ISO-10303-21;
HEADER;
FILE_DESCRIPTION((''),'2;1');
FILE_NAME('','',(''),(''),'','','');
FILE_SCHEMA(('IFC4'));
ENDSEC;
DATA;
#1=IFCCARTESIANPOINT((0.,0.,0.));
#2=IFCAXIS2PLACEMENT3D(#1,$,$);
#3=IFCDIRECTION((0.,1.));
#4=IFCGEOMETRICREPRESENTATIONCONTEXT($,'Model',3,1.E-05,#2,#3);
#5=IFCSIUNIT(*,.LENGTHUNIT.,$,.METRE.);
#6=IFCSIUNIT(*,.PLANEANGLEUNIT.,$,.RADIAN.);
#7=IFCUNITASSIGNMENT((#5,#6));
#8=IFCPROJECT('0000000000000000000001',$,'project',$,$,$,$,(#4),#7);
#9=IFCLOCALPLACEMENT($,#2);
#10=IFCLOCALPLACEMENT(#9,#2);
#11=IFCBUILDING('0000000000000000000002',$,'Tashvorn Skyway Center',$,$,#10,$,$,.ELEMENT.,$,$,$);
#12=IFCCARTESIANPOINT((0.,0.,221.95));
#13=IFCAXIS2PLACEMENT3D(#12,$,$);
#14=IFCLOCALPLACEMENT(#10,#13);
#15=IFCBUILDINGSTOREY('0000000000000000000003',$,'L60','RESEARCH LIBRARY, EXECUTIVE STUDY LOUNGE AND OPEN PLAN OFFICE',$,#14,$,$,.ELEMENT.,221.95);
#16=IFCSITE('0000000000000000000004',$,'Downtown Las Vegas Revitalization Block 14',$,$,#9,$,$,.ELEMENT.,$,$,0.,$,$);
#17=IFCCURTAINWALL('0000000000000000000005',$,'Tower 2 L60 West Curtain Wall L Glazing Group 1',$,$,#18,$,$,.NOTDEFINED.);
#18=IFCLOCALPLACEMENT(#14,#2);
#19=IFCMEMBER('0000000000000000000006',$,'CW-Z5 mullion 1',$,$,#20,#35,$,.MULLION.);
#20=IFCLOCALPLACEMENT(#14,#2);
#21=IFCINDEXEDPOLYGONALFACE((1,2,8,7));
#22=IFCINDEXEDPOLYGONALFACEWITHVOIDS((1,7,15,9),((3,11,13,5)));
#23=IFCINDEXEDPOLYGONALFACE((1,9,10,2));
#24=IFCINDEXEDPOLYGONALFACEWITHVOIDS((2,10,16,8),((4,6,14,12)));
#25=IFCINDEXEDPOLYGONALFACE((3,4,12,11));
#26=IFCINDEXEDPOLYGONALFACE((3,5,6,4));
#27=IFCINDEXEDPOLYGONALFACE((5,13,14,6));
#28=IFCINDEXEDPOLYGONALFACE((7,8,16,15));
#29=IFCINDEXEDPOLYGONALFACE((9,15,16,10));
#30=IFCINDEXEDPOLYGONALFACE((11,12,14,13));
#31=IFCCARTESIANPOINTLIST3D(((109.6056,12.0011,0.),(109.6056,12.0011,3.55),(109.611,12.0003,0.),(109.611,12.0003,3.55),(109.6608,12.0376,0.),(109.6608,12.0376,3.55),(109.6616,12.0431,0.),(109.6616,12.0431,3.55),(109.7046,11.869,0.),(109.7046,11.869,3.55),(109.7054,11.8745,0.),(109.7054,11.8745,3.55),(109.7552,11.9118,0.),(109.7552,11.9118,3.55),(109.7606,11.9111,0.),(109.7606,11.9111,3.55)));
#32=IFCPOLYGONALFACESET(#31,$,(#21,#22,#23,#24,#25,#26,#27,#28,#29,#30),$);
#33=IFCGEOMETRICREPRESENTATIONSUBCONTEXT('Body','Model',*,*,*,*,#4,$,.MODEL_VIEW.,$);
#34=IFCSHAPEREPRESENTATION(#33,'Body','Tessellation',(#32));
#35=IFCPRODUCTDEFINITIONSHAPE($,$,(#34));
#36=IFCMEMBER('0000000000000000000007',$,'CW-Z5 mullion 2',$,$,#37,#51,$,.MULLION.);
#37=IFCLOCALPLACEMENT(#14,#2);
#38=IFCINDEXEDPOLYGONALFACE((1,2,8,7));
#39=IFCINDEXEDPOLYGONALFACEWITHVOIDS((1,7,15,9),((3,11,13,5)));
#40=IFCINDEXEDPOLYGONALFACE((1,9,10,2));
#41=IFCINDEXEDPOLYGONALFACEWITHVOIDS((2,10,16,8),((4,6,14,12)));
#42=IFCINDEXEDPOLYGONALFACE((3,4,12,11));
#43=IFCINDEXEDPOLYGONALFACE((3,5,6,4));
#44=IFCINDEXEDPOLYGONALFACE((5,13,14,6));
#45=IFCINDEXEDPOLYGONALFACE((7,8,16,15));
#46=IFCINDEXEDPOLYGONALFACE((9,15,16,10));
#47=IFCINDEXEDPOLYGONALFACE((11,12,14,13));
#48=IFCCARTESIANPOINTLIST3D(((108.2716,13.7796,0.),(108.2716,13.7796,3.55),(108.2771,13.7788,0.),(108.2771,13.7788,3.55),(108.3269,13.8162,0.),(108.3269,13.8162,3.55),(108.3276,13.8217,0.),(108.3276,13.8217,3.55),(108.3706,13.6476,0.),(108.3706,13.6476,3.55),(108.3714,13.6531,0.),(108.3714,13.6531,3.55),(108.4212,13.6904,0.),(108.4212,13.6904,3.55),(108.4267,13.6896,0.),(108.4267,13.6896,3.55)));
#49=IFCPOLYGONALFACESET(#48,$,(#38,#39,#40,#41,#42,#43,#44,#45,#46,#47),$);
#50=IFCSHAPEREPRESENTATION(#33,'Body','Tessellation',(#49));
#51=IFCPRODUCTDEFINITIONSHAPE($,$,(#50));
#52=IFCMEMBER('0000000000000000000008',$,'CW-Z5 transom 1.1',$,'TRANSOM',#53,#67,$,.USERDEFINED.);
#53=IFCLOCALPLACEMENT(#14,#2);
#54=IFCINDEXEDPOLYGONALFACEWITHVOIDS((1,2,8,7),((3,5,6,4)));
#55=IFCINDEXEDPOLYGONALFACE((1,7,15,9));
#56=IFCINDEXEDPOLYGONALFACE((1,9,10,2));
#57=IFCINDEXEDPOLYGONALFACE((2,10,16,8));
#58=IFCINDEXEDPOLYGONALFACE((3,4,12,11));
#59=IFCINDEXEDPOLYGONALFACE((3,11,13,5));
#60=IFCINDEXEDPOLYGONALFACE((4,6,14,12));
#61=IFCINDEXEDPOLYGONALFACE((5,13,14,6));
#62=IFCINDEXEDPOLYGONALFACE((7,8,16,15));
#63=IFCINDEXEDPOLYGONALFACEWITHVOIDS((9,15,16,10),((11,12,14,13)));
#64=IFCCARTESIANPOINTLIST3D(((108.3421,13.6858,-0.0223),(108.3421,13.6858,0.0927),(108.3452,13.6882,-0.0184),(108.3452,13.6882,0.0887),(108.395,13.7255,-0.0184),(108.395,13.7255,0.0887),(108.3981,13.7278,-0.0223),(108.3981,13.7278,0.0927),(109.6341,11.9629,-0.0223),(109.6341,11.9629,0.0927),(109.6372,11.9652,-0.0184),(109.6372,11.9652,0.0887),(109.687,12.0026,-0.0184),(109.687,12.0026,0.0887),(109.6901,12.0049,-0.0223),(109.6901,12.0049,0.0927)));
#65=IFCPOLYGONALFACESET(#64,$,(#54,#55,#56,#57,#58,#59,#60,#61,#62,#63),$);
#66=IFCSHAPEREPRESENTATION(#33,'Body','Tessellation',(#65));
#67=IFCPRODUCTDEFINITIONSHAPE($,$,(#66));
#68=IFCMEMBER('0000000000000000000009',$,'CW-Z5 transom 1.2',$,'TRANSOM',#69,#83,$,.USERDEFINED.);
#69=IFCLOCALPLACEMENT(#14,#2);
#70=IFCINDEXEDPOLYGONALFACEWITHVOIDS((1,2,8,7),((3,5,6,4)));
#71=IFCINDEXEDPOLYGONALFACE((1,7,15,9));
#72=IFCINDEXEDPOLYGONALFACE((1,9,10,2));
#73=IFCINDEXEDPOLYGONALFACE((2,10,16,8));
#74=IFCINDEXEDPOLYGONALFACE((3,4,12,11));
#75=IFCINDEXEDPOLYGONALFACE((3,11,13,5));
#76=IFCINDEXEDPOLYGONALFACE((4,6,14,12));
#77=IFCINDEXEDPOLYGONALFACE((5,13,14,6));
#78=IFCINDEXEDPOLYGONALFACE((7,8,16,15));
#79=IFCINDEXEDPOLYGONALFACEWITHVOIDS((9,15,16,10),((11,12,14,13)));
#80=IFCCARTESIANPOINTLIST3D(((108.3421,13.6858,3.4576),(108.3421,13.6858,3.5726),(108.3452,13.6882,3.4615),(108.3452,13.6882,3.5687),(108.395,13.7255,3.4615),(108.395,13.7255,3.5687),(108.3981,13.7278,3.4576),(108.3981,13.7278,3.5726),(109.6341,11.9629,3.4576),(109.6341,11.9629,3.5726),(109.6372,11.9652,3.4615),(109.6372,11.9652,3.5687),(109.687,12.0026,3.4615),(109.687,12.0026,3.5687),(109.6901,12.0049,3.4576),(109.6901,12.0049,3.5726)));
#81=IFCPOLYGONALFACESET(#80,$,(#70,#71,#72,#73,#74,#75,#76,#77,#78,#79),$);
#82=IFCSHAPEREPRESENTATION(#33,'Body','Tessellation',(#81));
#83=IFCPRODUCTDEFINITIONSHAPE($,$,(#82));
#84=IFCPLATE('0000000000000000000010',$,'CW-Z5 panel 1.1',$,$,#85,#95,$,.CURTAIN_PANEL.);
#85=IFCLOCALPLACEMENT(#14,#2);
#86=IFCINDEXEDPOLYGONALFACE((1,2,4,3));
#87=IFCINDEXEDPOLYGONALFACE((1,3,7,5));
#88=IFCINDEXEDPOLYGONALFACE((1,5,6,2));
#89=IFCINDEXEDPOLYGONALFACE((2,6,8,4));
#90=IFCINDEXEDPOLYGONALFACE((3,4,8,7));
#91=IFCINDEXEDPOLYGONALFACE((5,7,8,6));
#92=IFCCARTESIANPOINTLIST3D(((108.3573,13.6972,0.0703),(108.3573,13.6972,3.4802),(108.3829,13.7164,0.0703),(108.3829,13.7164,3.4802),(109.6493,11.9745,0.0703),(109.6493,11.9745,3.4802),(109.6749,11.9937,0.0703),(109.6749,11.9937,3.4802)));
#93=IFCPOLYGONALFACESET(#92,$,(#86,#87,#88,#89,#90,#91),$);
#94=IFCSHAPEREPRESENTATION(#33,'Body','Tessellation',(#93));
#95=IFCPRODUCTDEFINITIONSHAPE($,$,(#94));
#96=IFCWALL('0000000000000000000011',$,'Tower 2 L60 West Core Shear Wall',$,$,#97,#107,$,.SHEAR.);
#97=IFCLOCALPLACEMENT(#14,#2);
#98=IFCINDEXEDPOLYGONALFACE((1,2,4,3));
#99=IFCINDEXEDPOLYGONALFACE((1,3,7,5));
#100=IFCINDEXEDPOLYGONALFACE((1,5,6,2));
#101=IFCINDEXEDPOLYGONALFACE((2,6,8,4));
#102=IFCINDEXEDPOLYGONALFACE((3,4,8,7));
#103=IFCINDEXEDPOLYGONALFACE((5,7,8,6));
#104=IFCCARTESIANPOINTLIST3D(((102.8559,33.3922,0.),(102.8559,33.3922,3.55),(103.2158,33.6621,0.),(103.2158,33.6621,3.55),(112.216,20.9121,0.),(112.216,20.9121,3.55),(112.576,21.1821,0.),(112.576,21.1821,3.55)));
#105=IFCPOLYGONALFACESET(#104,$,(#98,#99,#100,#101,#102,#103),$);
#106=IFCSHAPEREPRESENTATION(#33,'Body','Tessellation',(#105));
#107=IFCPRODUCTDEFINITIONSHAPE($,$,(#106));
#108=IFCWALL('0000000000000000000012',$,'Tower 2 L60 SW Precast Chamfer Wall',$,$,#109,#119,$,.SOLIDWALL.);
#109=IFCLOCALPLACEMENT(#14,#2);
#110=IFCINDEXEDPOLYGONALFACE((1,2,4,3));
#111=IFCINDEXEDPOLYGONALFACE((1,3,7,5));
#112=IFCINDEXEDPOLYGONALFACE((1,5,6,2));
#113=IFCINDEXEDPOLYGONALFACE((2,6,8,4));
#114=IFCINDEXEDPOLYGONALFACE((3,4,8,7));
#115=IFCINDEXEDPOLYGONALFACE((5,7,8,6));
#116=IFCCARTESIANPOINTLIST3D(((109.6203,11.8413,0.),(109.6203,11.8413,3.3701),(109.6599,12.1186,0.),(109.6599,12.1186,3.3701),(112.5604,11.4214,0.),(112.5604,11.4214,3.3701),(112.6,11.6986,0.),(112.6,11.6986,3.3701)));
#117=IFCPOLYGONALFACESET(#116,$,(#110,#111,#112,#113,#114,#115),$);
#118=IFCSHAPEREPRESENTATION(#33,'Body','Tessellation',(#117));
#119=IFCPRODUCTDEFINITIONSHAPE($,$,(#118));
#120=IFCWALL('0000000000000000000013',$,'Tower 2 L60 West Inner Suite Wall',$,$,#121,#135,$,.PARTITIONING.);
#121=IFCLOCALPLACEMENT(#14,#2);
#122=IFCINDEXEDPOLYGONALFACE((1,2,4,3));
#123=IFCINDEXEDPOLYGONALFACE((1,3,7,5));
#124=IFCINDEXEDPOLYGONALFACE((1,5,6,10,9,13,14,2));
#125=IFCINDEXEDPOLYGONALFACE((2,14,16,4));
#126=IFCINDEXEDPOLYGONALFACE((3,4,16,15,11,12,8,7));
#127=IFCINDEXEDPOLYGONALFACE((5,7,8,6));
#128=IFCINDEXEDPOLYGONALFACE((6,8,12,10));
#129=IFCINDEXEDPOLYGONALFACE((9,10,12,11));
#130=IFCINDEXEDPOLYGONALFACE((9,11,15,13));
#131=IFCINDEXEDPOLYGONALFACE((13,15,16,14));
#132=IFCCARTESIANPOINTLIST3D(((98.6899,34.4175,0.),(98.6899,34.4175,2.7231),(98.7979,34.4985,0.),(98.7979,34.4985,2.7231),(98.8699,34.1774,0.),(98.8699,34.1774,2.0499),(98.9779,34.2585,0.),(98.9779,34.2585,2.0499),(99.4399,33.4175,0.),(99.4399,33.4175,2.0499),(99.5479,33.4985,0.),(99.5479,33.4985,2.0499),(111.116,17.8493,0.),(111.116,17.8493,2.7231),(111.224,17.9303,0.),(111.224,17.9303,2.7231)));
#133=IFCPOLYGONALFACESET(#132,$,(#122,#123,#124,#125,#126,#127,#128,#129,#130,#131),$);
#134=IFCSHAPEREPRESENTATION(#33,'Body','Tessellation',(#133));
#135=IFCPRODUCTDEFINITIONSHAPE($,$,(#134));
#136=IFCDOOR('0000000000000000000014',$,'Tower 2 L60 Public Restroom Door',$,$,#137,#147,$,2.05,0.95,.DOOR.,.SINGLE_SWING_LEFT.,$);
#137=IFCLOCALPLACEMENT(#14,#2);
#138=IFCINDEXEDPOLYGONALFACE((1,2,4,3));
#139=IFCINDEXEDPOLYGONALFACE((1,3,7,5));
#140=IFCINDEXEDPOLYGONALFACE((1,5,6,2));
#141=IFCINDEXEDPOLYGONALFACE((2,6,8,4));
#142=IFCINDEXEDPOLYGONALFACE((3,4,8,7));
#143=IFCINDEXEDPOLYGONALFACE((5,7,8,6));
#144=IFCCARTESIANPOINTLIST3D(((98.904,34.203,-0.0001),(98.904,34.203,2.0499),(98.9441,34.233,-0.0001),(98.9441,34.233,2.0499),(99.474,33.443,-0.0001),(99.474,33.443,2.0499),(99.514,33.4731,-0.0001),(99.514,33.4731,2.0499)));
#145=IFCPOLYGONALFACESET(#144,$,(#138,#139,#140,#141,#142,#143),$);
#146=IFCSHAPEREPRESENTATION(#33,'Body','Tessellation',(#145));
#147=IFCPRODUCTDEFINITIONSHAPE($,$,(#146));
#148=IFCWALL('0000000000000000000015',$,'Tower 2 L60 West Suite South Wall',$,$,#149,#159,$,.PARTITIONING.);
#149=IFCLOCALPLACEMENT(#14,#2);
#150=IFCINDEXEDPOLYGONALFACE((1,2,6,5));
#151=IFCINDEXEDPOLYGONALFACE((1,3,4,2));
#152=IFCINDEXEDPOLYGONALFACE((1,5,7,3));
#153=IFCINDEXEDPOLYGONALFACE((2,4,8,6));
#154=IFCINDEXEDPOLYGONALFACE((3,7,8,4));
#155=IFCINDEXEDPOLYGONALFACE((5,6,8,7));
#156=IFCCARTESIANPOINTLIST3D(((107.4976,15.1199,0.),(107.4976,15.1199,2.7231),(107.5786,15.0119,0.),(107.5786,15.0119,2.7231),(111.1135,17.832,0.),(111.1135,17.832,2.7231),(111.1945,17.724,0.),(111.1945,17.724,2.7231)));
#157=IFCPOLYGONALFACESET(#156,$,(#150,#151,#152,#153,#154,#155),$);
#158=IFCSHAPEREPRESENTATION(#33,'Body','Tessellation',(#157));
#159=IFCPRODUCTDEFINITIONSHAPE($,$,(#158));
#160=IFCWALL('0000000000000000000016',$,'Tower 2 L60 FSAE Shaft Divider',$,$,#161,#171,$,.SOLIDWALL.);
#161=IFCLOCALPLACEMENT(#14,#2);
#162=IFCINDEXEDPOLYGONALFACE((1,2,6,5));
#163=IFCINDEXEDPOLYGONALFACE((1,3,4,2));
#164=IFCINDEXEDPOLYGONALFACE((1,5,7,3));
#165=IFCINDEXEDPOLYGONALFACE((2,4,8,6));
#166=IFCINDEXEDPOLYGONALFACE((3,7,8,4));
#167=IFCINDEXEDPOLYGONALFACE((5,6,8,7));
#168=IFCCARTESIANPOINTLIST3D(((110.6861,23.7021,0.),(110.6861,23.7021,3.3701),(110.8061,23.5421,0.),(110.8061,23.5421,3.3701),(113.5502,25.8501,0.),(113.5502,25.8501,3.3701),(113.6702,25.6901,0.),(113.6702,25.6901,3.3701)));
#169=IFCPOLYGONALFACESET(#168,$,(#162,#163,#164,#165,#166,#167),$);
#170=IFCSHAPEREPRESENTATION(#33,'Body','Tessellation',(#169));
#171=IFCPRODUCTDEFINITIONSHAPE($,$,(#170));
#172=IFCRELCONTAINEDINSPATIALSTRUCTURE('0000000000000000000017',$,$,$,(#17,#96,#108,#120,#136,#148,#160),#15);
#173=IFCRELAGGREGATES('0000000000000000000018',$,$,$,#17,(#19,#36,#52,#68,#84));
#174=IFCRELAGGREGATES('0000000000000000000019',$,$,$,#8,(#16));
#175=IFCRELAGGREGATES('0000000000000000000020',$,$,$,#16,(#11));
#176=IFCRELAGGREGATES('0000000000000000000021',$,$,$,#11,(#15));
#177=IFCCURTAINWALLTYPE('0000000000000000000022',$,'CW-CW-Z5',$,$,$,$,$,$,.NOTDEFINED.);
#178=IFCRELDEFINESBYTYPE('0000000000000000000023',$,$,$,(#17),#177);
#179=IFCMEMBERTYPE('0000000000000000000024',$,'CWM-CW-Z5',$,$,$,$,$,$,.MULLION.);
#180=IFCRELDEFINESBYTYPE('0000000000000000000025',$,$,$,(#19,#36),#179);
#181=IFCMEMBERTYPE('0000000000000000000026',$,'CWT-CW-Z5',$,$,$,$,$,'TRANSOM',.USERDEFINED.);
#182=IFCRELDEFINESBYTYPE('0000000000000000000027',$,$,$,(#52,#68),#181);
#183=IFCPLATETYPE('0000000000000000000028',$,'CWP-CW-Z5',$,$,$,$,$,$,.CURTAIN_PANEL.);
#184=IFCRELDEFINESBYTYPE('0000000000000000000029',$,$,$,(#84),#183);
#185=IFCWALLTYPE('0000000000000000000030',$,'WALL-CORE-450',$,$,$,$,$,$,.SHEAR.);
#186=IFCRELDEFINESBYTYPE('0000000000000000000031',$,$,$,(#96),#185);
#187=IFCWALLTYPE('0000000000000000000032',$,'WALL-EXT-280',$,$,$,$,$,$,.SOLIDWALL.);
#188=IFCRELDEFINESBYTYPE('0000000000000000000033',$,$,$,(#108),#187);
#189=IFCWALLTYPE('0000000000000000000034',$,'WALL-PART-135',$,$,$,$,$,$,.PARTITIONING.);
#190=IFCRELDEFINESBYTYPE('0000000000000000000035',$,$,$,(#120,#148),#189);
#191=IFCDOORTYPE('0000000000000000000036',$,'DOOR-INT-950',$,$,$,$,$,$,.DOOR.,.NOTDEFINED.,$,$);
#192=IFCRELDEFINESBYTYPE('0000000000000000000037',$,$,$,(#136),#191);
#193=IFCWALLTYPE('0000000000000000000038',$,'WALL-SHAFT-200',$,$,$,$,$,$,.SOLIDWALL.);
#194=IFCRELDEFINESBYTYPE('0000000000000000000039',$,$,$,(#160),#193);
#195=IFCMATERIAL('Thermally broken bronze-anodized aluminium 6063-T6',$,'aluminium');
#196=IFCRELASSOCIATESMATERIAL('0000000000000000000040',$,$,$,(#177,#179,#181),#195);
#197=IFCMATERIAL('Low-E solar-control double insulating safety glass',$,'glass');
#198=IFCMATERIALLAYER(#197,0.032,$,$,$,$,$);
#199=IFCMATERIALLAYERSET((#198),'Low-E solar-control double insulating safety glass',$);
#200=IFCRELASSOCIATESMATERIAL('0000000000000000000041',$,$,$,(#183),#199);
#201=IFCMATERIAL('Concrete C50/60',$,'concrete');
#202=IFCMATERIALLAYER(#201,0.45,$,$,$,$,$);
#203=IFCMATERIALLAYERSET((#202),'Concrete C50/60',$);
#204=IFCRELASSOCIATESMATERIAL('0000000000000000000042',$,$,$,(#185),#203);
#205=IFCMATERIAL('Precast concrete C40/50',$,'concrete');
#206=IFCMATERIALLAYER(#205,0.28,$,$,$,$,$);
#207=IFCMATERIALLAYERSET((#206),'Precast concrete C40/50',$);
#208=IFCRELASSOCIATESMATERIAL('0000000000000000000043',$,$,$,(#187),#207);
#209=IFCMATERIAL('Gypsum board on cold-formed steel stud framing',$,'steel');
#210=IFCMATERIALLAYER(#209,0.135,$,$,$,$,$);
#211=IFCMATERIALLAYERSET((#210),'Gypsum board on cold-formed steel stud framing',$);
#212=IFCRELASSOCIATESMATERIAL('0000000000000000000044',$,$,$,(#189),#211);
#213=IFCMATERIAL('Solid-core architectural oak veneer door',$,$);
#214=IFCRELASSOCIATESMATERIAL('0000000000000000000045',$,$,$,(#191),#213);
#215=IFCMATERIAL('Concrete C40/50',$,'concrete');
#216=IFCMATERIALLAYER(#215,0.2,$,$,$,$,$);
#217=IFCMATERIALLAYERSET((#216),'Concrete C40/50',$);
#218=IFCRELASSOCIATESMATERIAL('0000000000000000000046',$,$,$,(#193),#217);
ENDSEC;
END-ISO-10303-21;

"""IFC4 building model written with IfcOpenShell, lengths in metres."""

from ifc_helpers import new_model, si_unit, direction, frame, frame_2d, origin, origin_2d, place, context, subcontext, project, spatial, rectangle, hollow_rectangle, extrude, material, layer, layer_set, material_profile, profile_set, type_object, element, fill, aggregate, save


model = new_model("IFC4")

# Units and contexts
model_context = context("Model", 3, precision=1e-05, world=origin(), true_north=direction((0.0, 1.0)))
body_context = subcontext(model_context, "Body", "Model", "MODEL_VIEW")
ifc_project = project(units=[si_unit("LENGTHUNIT", "METRE"), si_unit("PLANEANGLEUNIT", "RADIAN")], contexts=[model_context])

# Site, building, storey
site_placement = place(None, origin())
site = spatial("IfcSite", under=ifc_project, at=site_placement, Name="Downtown Las Vegas Revitalization Block 14", CompositionType="ELEMENT", RefElevation=0.0)
building_placement = place(site_placement, origin())
building = spatial("IfcBuilding", under=site, at=building_placement, Name="Tashvorn Skyway Center", CompositionType="ELEMENT")
storey_placement = place(building_placement, frame((0.0, 0.0, 221.95)))
storey = spatial("IfcBuildingStorey", under=building, at=storey_placement, Name="L60", Description="RESEARCH LIBRARY, EXECUTIVE STUDY LOUNGE AND OPEN PLAN OFFICE", CompositionType="ELEMENT", Elevation=221.95)

# Curtain wall, members, plate
ifc_material_1 = material(Name="Thermally broken bronze-anodized aluminium 6063-T6", Category="aluminium")
curtain_wall_type = type_object("IfcCurtainWallType", Name="CW-CW-Z5", PredefinedType="NOTDEFINED", material=ifc_material_1)
curtain_wall_placement = place(storey_placement, origin())
curtain_wall = element("IfcCurtainWall", 1, at=curtain_wall_placement, inside=storey, type_object=curtain_wall_type, Name="Tower 2 L60 West Curtain Wall L Glazing Group 1", PredefinedType="NOTDEFINED")
ifc_material_profile_1 = material_profile(ifc_material_1, hollow_rectangle(XDim=0.0701, YDim=0.165, WallThickness=0.0039, at=origin_2d()), Name="ALU-MULL-70x165")
ifc_profile_set_1 = profile_set([ifc_material_profile_1], Name="Thermally broken bronze-anodized aluminium 6063-T6")
member_type_1 = type_object("IfcMemberType", Name="CWM-CW-Z5", PredefinedType="MULLION", material=ifc_profile_set_1)
member_1_placement = place(storey_placement, frame((109.6831, 11.9561, 0.0), z_axis=(0.0, 0.0, 1.0), x_axis=(-0.800005, -0.599993, 0.0)))
member_1 = element("IfcMember", 2, at=member_1_placement, type_object=member_type_1, Name="CW-Z5 mullion 1", PredefinedType="MULLION", context=body_context, shape_type="SweptSolid", body=[
    extrude(hollow_rectangle(XDim=0.0701, YDim=0.165, WallThickness=0.0039, at=origin_2d()), origin(), (0.0, 0.0, 1.0), 3.55),
])
member_2_placement = place(storey_placement, frame((108.3491, 13.7346, 0.0), z_axis=(0.0, 0.0, 1.0), x_axis=(-0.800005, -0.599993, 0.0)))
member_2 = element("IfcMember", 3, at=member_2_placement, type_object=member_type_1, Name="CW-Z5 mullion 2", PredefinedType="MULLION", context=body_context, shape_type="SweptSolid", body=[
    extrude(hollow_rectangle(XDim=0.0701, YDim=0.165, WallThickness=0.0039, at=origin_2d()), origin(), (0.0, 0.0, 1.0), 3.55),
])
ifc_material_profile_2 = material_profile(ifc_material_1, hollow_rectangle(XDim=0.0701, YDim=0.115, WallThickness=0.0039, at=origin_2d()), Name="ALU-TRAN-70x115")
ifc_profile_set_2 = profile_set([ifc_material_profile_2], Name="Thermally broken bronze-anodized aluminium 6063-T6")
member_type_2 = type_object("IfcMemberType", Name="CWT-CW-Z5", ElementType="TRANSOM", PredefinedType="USERDEFINED", material=ifc_profile_set_2)
member_3_placement = place(storey_placement, frame((109.6621, 11.9839, 0.0352), z_axis=(-0.599946, 0.800041, 0.0), x_axis=(-0.800041, -0.599946, 0.0)))
member_3 = element("IfcMember", 4, at=member_3_placement, type_object=member_type_2, Name="CW-Z5 transom 1.1", ObjectType="TRANSOM", PredefinedType="USERDEFINED", context=body_context, shape_type="SweptSolid", body=[
    extrude(hollow_rectangle(XDim=0.0701, YDim=0.115, WallThickness=0.0039, at=origin_2d()), origin(), (0.0, 0.0, 1.0), 2.1536),
])
member_4_placement = place(storey_placement, frame((109.6621, 11.9839, 3.5151), z_axis=(-0.599946, 0.800041, 0.0), x_axis=(-0.800041, -0.599946, 0.0)))
member_4 = element("IfcMember", 5, at=member_4_placement, type_object=member_type_2, Name="CW-Z5 transom 1.2", ObjectType="TRANSOM", PredefinedType="USERDEFINED", context=body_context, shape_type="SweptSolid", body=[
    extrude(hollow_rectangle(XDim=0.0701, YDim=0.115, WallThickness=0.0039, at=origin_2d()), origin(), (0.0, 0.0, 1.0), 2.1536),
])
ifc_material_2 = material(Name="Low-E solar-control double insulating safety glass", Category="glass")
ifc_layer_1 = layer(ifc_material_2, 0.032)
ifc_layer_set_1 = layer_set([ifc_layer_1], Name="Low-E solar-control double insulating safety glass")
plate_type = type_object("IfcPlateType", Name="CWP-CW-Z5", PredefinedType="CURTAIN_PANEL", material=ifc_layer_set_1)
plate_placement = place(storey_placement, frame((109.0161, 12.8455, 0.0703), z_axis=(0.0, 0.0, 1.0), x_axis=(-0.599993, 0.800005, 0.0)))
plate = element("IfcPlate", 6, at=plate_placement, type_object=plate_type, Name="CW-Z5 panel 1.1", PredefinedType="CURTAIN_PANEL", context=body_context, shape_type="SweptSolid", body=[
    extrude(rectangle(XDim=2.1533, YDim=0.032, at=origin_2d()), origin(), (0.0, 0.0, 1.0), 3.4099),
])
aggregate(curtain_wall, [member_1, member_2, member_3, member_4, plate])

# Walls
ifc_material_3 = material(Name="Concrete C50/60", Category="concrete")
ifc_layer_2 = layer(ifc_material_3, 0.45)
ifc_layer_set_2 = layer_set([ifc_layer_2], Name="Concrete C50/60")
wall_type_1 = type_object("IfcWallType", Name="WALL-CORE-450", PredefinedType="SHEAR", material=ifc_layer_set_2)
wall_1_placement = place(storey_placement, frame((112.396, 21.0471, 0.0), z_axis=(0.0, 0.0, 1.0), x_axis=(-0.600005, 0.799996, 0.0)))
element("IfcWall", 7, at=wall_1_placement, inside=storey, type_object=wall_type_1, Name="Tower 2 L60 West Core Shear Wall", PredefinedType="SHEAR", context=body_context, shape_type="SweptSolid", body=[
    extrude(rectangle(XDim=15.6001, YDim=0.45, at=frame_2d((7.8, 0.0))), origin(), (0.0, 0.0, 1.0), 3.55),
])
ifc_material_4 = material(Name="Precast concrete C40/50", Category="concrete")
ifc_layer_3 = layer(ifc_material_4, 0.28)
ifc_layer_set_3 = layer_set([ifc_layer_3], Name="Precast concrete C40/50")
wall_type_2 = type_object("IfcWallType", Name="WALL-EXT-280", PredefinedType="SOLIDWALL", material=ifc_layer_set_3)
wall_2_placement = place(storey_placement, frame((112.5801, 11.5601, 0.0), z_axis=(0.0, 0.0, 1.0), x_axis=(-0.989954, 0.141387, 0.0)))
element("IfcWall", 8, at=wall_2_placement, inside=storey, type_object=wall_type_2, Name="Tower 2 L60 SW Precast Chamfer Wall", PredefinedType="SOLIDWALL", context=body_context, shape_type="SweptSolid", body=[
    extrude(rectangle(XDim=2.97, YDim=0.28, at=frame_2d((1.4849, 0.0))), origin(), (0.0, 0.0, 1.0), 3.3701),
])

# Wall, opening, door
ifc_material_5 = material(Name="Gypsum board on cold-formed steel stud framing", Category="steel")
ifc_layer_4 = layer(ifc_material_5, 0.135)
ifc_layer_set_4 = layer_set([ifc_layer_4], Name="Gypsum board on cold-formed steel stud framing")
wall_type_3 = type_object("IfcWallType", Name="WALL-PART-135", PredefinedType="PARTITIONING", material=ifc_layer_set_4)
wall_3_placement = place(storey_placement, frame((111.1699, 17.8899, 0.0), z_axis=(0.0, 0.0, 1.0), x_axis=(-0.599998, 0.800001, 0.0)))
wall_3 = element("IfcWall", 9, at=wall_3_placement, inside=storey, type_object=wall_type_3, Name="Tower 2 L60 West Inner Suite Wall", PredefinedType="PARTITIONING", context=body_context, shape_type="SweptSolid", body=[
    extrude(rectangle(XDim=20.7102, YDim=0.135, at=frame_2d((10.355, 0.0))), origin(), (0.0, 0.0, 1.0), 2.7231),
])
opening_1_placement = place(wall_3_placement, frame((19.46, 0.0, 0.0)))
opening_1 = element("IfcOpeningElement", 10, at=opening_1_placement, cuts=wall_3, PredefinedType="OPENING", context=body_context, shape_type="SweptSolid", body=[
    extrude(rectangle(XDim=0.95, YDim=2.05, at=frame_2d((0.4751, 1.0249))), frame((0.0, 0.0774, 0.0), z_axis=(0.0, -1.0, 0.0), x_axis=(1.0, 0.0, 0.0)), (0.0, 0.0, 1.0), 0.155),
])
ifc_material_6 = material(Name="Solid-core architectural oak veneer door")
door_type_1 = type_object("IfcDoorType", Name="DOOR-INT-950", OperationType="NOTDEFINED", PredefinedType="DOOR", material=ifc_material_6)
door_1_placement = place(opening_1_placement, origin())
door_1 = element("IfcDoor", 11, at=door_1_placement, inside=storey, type_object=door_type_1, Name="Tower 2 L60 Public Restroom Door", OperationType="SINGLE_SWING_LEFT", OverallHeight=2.05, OverallWidth=0.95, PredefinedType="DOOR", context=body_context, shape_type="SweptSolid", body=[
    extrude(rectangle(XDim=0.95, YDim=2.05, at=frame_2d((0.4751, 1.0249))), frame((0.0, 0.0249, 0.0), z_axis=(0.0, -1.0, 0.0), x_axis=(1.0, 0.0, 0.0)), (0.0, 0.0, 1.0), 0.05),
])
fill(opening_1, door_1)

# Walls
wall_4_placement = place(storey_placement, frame((107.5381, 15.0659, 0.0), z_axis=(0.0, 0.0, 1.0), x_axis=(0.799981, 0.600026, 0.0)))
element("IfcWall", 12, at=wall_4_placement, inside=storey, type_object=wall_type_3, Name="Tower 2 L60 West Suite South Wall", PredefinedType="PARTITIONING", context=body_context, shape_type="SweptSolid", body=[
    extrude(rectangle(XDim=4.52, YDim=0.135, at=frame_2d((2.26, 0.0))), origin(), (0.0, 0.0, 1.0), 2.7231),
])
ifc_material_7 = material(Name="Concrete C40/50", Category="concrete")
ifc_layer_5 = layer(ifc_material_7, 0.2)
ifc_layer_set_5 = layer_set([ifc_layer_5], Name="Concrete C40/50")
wall_type_4 = type_object("IfcWallType", Name="WALL-SHAFT-200", PredefinedType="SOLIDWALL", material=ifc_layer_set_5)
for number, where, z_axis, x_axis, name in (
    (13, (110.7461, 23.6221, 0.0), (0.0, 0.0, 1.0), (0.800008, 0.599989, 0.0), "Tower 2 L60 FSAE Shaft Divider"),
):
    element("IfcWall", number, at=place(storey_placement, frame(where, z_axis=z_axis, x_axis=x_axis)), inside=storey, type_object=wall_type_4, Name=name, PredefinedType="SOLIDWALL", context=body_context, shape_type="SweptSolid", body=[
        extrude(rectangle(XDim=3.5801, YDim=0.2, at=frame_2d((1.79, 0.0))), origin(), (0.0, 0.0, 1.0), 3.3701),
    ])

save(model, "model.ifc")
